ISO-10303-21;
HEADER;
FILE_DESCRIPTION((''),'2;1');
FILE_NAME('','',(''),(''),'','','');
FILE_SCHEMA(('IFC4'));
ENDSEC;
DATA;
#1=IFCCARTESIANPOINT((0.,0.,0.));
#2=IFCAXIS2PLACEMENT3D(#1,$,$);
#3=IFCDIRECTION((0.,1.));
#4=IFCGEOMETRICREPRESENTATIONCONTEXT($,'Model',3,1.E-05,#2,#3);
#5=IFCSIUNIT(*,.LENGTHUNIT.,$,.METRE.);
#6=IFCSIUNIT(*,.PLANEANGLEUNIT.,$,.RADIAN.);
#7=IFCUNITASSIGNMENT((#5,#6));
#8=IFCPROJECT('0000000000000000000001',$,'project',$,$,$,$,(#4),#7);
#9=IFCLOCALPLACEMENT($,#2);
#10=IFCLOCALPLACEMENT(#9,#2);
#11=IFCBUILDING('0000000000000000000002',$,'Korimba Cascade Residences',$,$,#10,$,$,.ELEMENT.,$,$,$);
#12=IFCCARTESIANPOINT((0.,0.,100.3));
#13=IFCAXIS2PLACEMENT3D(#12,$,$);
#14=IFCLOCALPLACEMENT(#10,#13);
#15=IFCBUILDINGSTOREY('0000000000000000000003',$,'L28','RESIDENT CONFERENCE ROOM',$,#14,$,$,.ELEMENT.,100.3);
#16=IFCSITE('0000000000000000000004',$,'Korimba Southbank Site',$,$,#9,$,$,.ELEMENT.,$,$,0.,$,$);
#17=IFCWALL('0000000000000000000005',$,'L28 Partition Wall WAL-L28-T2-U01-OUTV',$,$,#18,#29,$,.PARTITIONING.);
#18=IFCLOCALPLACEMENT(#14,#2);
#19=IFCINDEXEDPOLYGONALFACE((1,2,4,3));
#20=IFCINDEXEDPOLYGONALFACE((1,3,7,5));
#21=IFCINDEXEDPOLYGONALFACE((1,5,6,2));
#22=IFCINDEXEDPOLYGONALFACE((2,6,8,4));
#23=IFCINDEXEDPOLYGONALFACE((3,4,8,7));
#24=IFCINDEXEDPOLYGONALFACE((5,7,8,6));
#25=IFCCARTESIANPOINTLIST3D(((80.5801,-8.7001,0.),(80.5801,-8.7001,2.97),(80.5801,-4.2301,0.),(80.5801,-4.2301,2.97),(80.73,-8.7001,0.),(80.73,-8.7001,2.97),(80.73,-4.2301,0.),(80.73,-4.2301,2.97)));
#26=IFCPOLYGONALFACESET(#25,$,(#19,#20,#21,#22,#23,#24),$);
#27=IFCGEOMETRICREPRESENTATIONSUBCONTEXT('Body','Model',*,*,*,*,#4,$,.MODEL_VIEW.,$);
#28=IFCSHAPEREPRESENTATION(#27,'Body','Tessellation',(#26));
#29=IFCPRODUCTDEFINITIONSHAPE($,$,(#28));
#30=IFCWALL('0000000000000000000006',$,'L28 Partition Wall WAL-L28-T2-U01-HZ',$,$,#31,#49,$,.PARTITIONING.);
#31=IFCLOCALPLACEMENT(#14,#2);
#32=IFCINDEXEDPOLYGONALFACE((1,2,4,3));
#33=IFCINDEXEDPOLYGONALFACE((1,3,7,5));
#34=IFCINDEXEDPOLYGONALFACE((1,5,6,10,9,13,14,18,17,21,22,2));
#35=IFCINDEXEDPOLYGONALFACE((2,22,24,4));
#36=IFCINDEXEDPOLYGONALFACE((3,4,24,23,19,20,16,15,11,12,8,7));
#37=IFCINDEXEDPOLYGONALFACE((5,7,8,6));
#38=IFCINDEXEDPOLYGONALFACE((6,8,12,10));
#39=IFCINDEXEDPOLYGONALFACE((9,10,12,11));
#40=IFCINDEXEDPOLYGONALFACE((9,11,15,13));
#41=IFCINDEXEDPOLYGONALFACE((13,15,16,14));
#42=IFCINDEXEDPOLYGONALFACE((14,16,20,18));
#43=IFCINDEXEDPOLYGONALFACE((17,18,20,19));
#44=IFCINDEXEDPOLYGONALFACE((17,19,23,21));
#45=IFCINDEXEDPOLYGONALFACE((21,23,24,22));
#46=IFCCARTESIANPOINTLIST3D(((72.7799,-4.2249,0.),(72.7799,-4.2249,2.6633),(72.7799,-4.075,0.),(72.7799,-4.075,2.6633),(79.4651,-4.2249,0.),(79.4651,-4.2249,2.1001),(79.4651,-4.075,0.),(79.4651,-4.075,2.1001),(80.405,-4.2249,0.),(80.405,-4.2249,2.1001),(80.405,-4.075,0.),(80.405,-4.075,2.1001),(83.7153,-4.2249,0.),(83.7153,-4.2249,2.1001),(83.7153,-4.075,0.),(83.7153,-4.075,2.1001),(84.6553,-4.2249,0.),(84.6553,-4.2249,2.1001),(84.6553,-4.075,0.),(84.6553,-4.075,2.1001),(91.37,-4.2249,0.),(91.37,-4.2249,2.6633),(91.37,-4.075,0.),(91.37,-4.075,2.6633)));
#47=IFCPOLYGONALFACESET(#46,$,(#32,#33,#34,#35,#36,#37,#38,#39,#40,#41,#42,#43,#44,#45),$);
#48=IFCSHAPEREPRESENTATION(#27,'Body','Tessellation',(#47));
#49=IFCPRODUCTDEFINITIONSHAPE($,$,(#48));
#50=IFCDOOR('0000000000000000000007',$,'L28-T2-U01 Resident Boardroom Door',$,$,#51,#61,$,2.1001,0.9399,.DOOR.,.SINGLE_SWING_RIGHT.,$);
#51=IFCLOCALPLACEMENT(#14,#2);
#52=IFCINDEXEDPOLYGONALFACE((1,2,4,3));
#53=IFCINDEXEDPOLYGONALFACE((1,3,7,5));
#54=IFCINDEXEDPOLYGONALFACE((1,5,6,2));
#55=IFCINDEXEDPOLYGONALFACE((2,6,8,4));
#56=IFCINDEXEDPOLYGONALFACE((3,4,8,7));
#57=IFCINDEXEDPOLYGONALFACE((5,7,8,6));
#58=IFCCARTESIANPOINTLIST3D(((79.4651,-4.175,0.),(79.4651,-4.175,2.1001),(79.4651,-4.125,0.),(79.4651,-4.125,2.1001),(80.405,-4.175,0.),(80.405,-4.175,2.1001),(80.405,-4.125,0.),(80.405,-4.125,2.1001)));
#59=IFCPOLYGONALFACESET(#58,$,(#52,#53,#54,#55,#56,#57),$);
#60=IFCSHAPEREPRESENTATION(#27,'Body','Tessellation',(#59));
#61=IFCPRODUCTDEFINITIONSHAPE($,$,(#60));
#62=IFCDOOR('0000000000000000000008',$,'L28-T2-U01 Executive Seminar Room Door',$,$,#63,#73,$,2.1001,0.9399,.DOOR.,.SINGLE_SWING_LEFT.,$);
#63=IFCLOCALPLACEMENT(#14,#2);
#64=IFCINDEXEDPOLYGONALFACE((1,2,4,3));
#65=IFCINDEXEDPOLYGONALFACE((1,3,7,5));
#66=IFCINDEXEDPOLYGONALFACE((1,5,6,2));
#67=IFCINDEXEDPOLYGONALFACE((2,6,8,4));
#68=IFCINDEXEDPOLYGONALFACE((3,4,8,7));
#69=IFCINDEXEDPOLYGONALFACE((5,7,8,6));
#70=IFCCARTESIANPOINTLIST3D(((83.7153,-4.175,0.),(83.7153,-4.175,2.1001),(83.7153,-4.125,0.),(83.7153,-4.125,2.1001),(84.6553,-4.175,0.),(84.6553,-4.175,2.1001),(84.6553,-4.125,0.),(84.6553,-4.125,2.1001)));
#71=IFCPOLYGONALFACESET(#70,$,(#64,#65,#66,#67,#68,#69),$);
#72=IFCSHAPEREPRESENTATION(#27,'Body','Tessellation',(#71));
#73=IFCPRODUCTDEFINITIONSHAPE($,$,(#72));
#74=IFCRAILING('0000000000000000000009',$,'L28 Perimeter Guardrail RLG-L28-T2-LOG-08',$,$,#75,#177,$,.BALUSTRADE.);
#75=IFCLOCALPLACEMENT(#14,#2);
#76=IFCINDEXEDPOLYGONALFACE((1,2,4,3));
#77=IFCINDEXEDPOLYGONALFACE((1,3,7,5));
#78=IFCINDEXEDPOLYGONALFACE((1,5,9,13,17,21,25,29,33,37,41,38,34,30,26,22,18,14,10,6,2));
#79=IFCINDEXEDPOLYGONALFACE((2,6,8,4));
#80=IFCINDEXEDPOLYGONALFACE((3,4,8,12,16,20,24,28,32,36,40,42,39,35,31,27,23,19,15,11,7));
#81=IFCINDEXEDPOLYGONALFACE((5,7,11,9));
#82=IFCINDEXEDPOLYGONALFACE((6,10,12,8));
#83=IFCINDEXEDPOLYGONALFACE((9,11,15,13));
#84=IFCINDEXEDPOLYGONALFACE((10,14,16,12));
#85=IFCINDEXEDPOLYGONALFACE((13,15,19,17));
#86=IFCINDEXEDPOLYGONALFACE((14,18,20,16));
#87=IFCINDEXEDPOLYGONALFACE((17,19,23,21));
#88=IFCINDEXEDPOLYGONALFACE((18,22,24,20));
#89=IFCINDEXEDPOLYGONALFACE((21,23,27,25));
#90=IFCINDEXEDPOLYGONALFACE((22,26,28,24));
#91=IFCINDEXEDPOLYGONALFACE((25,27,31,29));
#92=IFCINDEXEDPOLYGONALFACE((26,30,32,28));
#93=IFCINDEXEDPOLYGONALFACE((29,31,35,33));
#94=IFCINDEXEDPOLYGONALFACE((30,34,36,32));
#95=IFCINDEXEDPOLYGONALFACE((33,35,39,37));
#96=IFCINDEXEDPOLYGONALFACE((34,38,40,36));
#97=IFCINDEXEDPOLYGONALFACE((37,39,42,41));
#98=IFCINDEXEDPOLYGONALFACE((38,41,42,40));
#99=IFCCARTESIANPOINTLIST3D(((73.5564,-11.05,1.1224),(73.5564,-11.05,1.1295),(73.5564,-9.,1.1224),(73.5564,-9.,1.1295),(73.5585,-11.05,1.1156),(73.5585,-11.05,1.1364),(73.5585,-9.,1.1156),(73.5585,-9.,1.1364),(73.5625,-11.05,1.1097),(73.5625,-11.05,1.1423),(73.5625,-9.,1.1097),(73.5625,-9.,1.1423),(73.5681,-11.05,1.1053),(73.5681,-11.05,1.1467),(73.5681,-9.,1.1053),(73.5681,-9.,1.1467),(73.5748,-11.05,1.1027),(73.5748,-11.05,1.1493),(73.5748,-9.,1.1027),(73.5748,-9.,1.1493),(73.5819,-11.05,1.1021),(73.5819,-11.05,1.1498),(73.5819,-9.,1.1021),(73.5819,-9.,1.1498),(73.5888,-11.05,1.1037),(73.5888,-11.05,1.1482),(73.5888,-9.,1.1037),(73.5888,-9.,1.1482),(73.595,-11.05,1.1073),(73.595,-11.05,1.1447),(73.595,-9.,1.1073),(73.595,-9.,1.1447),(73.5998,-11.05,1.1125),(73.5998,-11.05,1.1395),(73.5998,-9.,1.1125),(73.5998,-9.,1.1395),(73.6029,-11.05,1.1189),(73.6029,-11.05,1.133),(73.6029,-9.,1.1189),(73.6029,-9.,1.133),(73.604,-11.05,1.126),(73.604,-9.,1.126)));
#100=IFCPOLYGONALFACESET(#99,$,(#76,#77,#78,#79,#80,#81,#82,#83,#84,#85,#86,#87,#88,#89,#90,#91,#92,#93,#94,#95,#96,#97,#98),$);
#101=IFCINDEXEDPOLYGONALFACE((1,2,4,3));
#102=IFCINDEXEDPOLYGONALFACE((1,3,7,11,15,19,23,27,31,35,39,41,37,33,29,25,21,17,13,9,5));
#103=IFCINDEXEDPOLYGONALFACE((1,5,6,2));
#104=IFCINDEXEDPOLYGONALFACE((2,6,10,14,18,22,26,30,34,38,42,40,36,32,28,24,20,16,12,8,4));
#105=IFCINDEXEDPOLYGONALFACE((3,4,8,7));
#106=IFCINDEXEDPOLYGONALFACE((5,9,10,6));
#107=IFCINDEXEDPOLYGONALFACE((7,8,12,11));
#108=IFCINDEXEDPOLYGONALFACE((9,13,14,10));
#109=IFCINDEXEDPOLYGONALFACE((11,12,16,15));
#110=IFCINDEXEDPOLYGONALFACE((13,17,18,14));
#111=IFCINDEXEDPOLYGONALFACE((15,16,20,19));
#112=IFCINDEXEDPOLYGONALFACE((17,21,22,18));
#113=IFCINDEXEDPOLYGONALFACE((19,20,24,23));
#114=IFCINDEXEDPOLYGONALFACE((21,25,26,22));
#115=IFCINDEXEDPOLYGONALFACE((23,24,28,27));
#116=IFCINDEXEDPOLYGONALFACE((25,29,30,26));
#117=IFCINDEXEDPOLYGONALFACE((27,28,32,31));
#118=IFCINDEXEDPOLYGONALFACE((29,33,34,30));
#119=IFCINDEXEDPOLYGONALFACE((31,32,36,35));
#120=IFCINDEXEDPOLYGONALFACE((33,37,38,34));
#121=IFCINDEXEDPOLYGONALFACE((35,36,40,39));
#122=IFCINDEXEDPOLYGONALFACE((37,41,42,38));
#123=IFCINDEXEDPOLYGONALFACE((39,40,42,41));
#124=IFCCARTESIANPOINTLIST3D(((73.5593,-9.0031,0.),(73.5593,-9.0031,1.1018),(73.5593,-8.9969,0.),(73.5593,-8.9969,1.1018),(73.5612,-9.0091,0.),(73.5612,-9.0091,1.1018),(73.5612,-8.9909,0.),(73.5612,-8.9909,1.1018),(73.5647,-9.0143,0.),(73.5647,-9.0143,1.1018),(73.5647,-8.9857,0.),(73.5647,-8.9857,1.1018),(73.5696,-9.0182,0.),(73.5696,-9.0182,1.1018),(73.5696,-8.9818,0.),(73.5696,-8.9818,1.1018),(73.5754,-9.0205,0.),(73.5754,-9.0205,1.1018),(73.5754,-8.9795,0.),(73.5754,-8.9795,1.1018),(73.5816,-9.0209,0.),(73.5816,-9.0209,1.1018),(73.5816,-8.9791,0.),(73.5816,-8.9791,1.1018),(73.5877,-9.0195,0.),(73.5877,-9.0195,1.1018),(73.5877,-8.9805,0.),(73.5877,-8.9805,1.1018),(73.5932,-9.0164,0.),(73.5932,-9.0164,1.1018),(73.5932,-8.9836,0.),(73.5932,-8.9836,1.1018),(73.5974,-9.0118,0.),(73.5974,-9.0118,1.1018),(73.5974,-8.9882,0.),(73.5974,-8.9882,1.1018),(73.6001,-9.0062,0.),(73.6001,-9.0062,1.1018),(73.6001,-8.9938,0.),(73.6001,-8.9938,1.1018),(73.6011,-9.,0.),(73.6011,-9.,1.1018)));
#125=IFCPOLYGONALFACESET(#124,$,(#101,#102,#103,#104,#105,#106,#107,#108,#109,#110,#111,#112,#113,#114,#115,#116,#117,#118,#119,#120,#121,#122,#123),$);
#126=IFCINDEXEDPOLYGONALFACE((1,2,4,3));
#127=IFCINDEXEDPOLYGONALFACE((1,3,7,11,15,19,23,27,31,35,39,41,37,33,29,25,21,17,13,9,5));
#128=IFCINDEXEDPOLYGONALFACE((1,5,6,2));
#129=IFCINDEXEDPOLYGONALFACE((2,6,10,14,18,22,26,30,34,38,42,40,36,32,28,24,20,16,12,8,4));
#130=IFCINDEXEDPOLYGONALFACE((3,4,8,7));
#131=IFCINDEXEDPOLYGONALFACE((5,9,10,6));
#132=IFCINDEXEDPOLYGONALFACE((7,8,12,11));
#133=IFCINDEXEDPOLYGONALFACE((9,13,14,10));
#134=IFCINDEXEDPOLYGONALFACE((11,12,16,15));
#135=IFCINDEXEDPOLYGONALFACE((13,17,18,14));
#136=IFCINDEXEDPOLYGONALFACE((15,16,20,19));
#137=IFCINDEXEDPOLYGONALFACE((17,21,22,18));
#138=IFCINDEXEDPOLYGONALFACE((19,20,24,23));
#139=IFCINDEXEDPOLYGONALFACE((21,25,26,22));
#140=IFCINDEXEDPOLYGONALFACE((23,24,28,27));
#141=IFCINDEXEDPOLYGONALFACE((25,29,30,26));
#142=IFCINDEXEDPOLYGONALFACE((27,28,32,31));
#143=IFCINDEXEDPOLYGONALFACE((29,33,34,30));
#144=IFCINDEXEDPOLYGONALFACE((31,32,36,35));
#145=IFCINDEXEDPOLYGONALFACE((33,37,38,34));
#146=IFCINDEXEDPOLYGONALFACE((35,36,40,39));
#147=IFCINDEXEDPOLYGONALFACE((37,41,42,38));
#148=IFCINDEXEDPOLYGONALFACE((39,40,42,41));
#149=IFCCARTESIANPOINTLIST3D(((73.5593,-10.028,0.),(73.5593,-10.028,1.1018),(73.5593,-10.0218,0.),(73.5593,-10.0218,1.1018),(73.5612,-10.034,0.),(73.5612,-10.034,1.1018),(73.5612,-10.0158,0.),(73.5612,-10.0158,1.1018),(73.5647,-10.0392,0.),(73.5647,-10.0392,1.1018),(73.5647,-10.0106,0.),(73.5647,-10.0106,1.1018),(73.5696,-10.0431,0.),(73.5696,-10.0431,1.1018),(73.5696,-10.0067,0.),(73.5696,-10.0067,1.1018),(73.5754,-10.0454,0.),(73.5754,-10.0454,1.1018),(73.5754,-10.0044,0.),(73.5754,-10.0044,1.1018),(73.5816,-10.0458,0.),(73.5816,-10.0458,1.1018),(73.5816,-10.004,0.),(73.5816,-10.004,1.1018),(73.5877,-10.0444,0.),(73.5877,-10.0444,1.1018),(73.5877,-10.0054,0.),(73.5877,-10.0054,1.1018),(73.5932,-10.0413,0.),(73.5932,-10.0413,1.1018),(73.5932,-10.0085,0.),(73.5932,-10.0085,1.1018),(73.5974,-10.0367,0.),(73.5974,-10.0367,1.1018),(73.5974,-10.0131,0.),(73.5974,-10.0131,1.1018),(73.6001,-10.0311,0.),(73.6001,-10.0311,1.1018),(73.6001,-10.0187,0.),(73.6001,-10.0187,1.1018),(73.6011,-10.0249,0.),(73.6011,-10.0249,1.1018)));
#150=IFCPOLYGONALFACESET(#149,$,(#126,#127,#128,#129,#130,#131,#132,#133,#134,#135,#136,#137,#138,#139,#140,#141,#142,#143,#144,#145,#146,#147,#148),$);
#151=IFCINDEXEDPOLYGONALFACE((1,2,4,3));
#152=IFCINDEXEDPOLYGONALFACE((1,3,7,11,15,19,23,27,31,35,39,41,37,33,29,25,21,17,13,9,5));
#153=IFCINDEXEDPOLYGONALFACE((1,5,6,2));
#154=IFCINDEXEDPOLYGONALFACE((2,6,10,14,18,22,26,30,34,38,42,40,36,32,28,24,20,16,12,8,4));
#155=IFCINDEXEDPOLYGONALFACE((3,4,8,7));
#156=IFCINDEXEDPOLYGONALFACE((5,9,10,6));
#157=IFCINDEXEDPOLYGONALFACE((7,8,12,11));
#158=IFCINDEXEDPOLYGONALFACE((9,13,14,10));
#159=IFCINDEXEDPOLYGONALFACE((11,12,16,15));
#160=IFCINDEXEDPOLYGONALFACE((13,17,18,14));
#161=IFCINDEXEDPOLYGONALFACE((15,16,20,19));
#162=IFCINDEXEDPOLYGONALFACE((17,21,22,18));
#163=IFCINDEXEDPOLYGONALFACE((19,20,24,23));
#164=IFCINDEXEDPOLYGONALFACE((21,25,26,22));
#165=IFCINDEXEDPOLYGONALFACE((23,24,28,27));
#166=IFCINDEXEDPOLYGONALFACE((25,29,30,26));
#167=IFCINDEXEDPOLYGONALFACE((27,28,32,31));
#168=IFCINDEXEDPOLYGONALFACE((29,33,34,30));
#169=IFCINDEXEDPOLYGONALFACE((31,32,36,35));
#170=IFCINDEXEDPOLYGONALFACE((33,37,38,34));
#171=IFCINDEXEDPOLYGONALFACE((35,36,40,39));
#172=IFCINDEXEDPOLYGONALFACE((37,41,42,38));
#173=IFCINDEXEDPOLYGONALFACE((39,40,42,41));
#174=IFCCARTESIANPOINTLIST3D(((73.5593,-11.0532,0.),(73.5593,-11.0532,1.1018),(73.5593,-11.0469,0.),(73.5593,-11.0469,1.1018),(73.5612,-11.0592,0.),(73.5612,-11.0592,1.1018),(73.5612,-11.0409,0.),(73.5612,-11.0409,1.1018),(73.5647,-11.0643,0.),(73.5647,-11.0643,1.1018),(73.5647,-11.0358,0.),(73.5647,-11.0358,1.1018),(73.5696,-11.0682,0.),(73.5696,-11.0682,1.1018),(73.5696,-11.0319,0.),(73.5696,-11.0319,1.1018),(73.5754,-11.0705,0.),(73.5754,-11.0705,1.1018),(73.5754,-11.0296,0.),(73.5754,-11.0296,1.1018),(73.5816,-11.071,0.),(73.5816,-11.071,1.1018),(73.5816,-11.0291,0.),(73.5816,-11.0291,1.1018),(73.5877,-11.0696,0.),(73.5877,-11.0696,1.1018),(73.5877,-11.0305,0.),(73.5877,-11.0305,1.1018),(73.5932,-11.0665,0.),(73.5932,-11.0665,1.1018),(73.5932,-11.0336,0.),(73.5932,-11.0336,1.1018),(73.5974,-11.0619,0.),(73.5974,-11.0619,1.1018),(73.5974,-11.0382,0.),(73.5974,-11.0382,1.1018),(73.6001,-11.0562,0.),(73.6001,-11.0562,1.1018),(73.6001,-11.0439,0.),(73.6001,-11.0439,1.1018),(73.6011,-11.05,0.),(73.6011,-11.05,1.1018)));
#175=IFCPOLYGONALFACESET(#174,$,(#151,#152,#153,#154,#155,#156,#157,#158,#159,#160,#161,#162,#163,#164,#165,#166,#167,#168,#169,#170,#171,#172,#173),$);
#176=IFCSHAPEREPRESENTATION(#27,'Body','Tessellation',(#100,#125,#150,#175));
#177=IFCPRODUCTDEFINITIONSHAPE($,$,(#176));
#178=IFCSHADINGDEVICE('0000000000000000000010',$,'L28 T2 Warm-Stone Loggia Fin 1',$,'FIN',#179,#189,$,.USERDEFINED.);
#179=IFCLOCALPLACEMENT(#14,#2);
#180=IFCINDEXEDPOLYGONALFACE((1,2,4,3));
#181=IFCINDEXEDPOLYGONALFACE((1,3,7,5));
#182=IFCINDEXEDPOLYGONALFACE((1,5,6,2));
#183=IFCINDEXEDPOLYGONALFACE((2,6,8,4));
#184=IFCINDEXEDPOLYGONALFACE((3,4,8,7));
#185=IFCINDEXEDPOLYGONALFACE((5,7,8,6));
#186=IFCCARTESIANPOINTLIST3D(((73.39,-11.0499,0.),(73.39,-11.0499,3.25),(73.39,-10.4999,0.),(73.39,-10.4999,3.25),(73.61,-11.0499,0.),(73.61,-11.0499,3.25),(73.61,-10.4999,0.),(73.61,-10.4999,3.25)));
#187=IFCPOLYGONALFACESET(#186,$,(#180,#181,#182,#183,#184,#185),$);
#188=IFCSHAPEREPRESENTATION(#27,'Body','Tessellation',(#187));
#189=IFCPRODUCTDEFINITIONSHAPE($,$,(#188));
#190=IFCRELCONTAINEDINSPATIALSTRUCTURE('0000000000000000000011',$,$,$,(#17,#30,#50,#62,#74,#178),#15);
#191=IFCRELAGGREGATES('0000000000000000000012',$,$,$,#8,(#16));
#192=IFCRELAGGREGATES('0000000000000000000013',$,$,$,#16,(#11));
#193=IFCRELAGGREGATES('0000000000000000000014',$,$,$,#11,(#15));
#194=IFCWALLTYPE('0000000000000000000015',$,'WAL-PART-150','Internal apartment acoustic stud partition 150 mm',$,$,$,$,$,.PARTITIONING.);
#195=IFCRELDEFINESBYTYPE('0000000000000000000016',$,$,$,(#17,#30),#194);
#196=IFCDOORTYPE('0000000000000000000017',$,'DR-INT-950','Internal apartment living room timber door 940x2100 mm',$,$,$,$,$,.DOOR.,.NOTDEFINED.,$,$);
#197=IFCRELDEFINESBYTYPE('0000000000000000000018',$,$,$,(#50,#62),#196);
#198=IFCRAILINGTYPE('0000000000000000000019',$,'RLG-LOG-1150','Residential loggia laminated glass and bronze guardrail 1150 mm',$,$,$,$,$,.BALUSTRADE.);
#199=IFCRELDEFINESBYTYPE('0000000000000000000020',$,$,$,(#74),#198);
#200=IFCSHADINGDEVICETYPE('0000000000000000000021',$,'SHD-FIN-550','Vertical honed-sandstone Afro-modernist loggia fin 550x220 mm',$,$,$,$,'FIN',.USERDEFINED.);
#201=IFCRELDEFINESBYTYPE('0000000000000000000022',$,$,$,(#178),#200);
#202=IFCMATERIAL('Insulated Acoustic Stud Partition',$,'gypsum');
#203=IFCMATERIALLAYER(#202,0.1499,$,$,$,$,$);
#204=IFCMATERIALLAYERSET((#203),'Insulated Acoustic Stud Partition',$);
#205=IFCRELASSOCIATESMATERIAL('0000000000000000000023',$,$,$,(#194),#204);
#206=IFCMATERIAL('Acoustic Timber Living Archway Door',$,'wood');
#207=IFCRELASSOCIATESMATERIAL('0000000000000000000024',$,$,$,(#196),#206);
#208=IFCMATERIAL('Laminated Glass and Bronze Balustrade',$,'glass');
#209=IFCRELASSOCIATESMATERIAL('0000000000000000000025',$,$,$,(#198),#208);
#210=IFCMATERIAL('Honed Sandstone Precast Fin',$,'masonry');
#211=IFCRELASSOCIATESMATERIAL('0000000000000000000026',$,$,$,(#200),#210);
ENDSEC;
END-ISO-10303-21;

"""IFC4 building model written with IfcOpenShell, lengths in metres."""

from ifc_helpers import new_model, si_unit, direction, frame, frame_2d, origin, origin_2d, place, context, subcontext, project, spatial, rectangle, circle, extrude, material, layer, layer_set, type_object, element, fill, save


model = new_model("IFC4")

# Units and contexts
model_context = context("Model", 3, precision=1e-05, world=origin(), true_north=direction((0.0, 1.0)))
body_context = subcontext(model_context, "Body", "Model", "MODEL_VIEW")
ifc_project = project(units=[si_unit("LENGTHUNIT", "METRE"), si_unit("PLANEANGLEUNIT", "RADIAN")], contexts=[model_context])

# Site, building, storey
site_placement = place(None, origin())
site = spatial("IfcSite", under=ifc_project, at=site_placement, Name="Korimba Southbank Site", CompositionType="ELEMENT", RefElevation=0.0)
building_placement = place(site_placement, origin())
building = spatial("IfcBuilding", under=site, at=building_placement, Name="Korimba Cascade Residences", CompositionType="ELEMENT")
storey_placement = place(building_placement, frame((0.0, 0.0, 100.3)))
storey = spatial("IfcBuildingStorey", under=building, at=storey_placement, Name="L28", Description="RESIDENT CONFERENCE ROOM", CompositionType="ELEMENT", Elevation=100.3)

# Wall
ifc_material_1 = material(Name="Insulated Acoustic Stud Partition", Category="gypsum")
ifc_layer_1 = layer(ifc_material_1, 0.1499)
ifc_layer_set_1 = layer_set([ifc_layer_1], Name="Insulated Acoustic Stud Partition")
wall_type_1 = type_object("IfcWallType", Name="WAL-PART-150", Description="Internal apartment acoustic stud partition 150 mm", PredefinedType="PARTITIONING", material=ifc_layer_set_1)
wall_1_placement = place(storey_placement, frame((80.655, -8.7, 0.0), z_axis=(0.0, 0.0, 1.0), x_axis=(0.0, 1.0, 0.0)))
element("IfcWall", 1, at=wall_1_placement, inside=storey, type_object=wall_type_1, Name="L28 Partition Wall WAL-L28-T2-U01-OUTV", PredefinedType="PARTITIONING", context=body_context, shape_type="SweptSolid", body=[
    extrude(rectangle(XDim=4.47, YDim=0.1499, at=frame_2d((2.2349, 0.0))), origin(), (0.0, 0.0, 1.0), 2.97),
])

# Wall, openings, doors
wall_2_placement = place(storey_placement, frame((72.78, -4.1499, 0.0), z_axis=(0.0, 0.0, 1.0), x_axis=(1.0, 0.0, 0.0)))
wall_2 = element("IfcWall", 2, at=wall_2_placement, inside=storey, type_object=wall_type_1, Name="L28 Partition Wall WAL-L28-T2-U01-HZ", PredefinedType="PARTITIONING", context=body_context, shape_type="SweptSolid", body=[
    extrude(rectangle(XDim=18.5901, YDim=0.1499, at=frame_2d((9.2949, 0.0))), origin(), (0.0, 0.0, 1.0), 2.6633),
])
opening_1_placement = place(wall_2_placement, frame((6.6851, 0.0, 0.0)))
opening_1 = element("IfcOpeningElement", 3, at=opening_1_placement, cuts=wall_2, PredefinedType="OPENING", context=body_context, shape_type="SweptSolid", body=[
    extrude(rectangle(XDim=0.9399, YDim=2.1001, at=frame_2d((0.47, 1.05))), frame((0.0, 0.085, 0.0), z_axis=(0.0, -1.0, 0.0), x_axis=(1.0, 0.0, 0.0)), (0.0, 0.0, 1.0), 0.1699),
])
opening_2_placement = place(wall_2_placement, frame((10.9353, 0.0, 0.0)))
opening_2 = element("IfcOpeningElement", 4, at=opening_2_placement, cuts=wall_2, PredefinedType="OPENING", context=body_context, shape_type="SweptSolid", body=[
    extrude(rectangle(XDim=0.9399, YDim=2.1001, at=frame_2d((0.47, 1.05))), frame((0.0, 0.085, 0.0), z_axis=(0.0, -1.0, 0.0), x_axis=(1.0, 0.0, 0.0)), (0.0, 0.0, 1.0), 0.1699),
])
ifc_material_2 = material(Name="Acoustic Timber Living Archway Door", Category="wood")
door_type = type_object("IfcDoorType", Name="DR-INT-950", Description="Internal apartment living room timber door 940x2100 mm", OperationType="NOTDEFINED", PredefinedType="DOOR", material=ifc_material_2)
door_1_placement = place(opening_1_placement, origin())
door_1 = element("IfcDoor", 5, at=door_1_placement, inside=storey, type_object=door_type, Name="L28-T2-U01 Resident Boardroom Door", OperationType="SINGLE_SWING_RIGHT", OverallHeight=2.1001, OverallWidth=0.9399, PredefinedType="DOOR", context=body_context, shape_type="SweptSolid", body=[
    extrude(rectangle(XDim=0.9399, YDim=2.1001, at=frame_2d((0.47, 1.05))), frame((0.0, 0.0249, 0.0), z_axis=(0.0, -1.0, 0.0), x_axis=(1.0, 0.0, 0.0)), (0.0, 0.0, 1.0), 0.05),
])
fill(opening_1, door_1)
door_2_placement = place(opening_2_placement, origin())
door_2 = element("IfcDoor", 6, at=door_2_placement, inside=storey, type_object=door_type, Name="L28-T2-U01 Executive Seminar Room Door", OperationType="SINGLE_SWING_LEFT", OverallHeight=2.1001, OverallWidth=0.9399, PredefinedType="DOOR", context=body_context, shape_type="SweptSolid", body=[
    extrude(rectangle(XDim=0.9399, YDim=2.1001, at=frame_2d((0.47, 1.05))), frame((0.0, 0.0249, 0.0), z_axis=(0.0, -1.0, 0.0), x_axis=(1.0, 0.0, 0.0)), (0.0, 0.0, 1.0), 0.05),
])
fill(opening_2, door_2)

# Railing
ifc_material_3 = material(Name="Laminated Glass and Bronze Balustrade", Category="glass")
railing_type = type_object("IfcRailingType", Name="RLG-LOG-1150", Description="Residential loggia laminated glass and bronze guardrail 1150 mm", PredefinedType="BALUSTRADE", material=ifc_material_3)
railing_placement = place(storey_placement, frame((73.5801, -9.0, 0.0)))
element("IfcRailing", 7, at=railing_placement, inside=storey, type_object=railing_type, Name="L28 Perimeter Guardrail RLG-L28-T2-LOG-08", PredefinedType="BALUSTRADE", context=body_context, shape_type="SweptSolid", body=[
    extrude(circle(Radius=0.0239, at=origin_2d()), frame((0.0, 0.0, 1.126), z_axis=(0.0, -1.0, 0.0), x_axis=(1.0, 0.0, 0.0)), (0.0, 0.0, 1.0), 2.05),
    extrude(circle(Radius=0.021, at=origin_2d()), origin(), (0.0, 0.0, 1.0), 1.1018),
    extrude(circle(Radius=0.021, at=origin_2d()), frame((0.0, -1.0249, 0.0)), (0.0, 0.0, 1.0), 1.1018),
    extrude(circle(Radius=0.021, at=origin_2d()), frame((0.0, -2.05, 0.0)), (0.0, 0.0, 1.0), 1.1018),
])

# Shading device
ifc_material_4 = material(Name="Honed Sandstone Precast Fin", Category="masonry")
shading_device_type = type_object("IfcShadingDeviceType", Name="SHD-FIN-550", Description="Vertical honed-sandstone Afro-modernist loggia fin 550x220 mm", ElementType="FIN", PredefinedType="USERDEFINED", material=ifc_material_4)
for number, where, z_axis, x_axis, name in (
    (8, (73.5, -10.7749, 0.0), (0.0, 0.0, 1.0), (1.0, 0.0, 0.0), "L28 T2 Warm-Stone Loggia Fin 1"),
):
    element("IfcShadingDevice", number, at=place(storey_placement, frame(where, z_axis=z_axis, x_axis=x_axis)), inside=storey, type_object=shading_device_type, Name=name, ObjectType="FIN", PredefinedType="USERDEFINED", context=body_context, shape_type="SweptSolid", body=[
        extrude(rectangle(XDim=0.22, YDim=0.55, at=origin_2d()), origin(), (0.0, 0.0, 1.0), 3.25),
    ])

save(model, "model.ifc")
